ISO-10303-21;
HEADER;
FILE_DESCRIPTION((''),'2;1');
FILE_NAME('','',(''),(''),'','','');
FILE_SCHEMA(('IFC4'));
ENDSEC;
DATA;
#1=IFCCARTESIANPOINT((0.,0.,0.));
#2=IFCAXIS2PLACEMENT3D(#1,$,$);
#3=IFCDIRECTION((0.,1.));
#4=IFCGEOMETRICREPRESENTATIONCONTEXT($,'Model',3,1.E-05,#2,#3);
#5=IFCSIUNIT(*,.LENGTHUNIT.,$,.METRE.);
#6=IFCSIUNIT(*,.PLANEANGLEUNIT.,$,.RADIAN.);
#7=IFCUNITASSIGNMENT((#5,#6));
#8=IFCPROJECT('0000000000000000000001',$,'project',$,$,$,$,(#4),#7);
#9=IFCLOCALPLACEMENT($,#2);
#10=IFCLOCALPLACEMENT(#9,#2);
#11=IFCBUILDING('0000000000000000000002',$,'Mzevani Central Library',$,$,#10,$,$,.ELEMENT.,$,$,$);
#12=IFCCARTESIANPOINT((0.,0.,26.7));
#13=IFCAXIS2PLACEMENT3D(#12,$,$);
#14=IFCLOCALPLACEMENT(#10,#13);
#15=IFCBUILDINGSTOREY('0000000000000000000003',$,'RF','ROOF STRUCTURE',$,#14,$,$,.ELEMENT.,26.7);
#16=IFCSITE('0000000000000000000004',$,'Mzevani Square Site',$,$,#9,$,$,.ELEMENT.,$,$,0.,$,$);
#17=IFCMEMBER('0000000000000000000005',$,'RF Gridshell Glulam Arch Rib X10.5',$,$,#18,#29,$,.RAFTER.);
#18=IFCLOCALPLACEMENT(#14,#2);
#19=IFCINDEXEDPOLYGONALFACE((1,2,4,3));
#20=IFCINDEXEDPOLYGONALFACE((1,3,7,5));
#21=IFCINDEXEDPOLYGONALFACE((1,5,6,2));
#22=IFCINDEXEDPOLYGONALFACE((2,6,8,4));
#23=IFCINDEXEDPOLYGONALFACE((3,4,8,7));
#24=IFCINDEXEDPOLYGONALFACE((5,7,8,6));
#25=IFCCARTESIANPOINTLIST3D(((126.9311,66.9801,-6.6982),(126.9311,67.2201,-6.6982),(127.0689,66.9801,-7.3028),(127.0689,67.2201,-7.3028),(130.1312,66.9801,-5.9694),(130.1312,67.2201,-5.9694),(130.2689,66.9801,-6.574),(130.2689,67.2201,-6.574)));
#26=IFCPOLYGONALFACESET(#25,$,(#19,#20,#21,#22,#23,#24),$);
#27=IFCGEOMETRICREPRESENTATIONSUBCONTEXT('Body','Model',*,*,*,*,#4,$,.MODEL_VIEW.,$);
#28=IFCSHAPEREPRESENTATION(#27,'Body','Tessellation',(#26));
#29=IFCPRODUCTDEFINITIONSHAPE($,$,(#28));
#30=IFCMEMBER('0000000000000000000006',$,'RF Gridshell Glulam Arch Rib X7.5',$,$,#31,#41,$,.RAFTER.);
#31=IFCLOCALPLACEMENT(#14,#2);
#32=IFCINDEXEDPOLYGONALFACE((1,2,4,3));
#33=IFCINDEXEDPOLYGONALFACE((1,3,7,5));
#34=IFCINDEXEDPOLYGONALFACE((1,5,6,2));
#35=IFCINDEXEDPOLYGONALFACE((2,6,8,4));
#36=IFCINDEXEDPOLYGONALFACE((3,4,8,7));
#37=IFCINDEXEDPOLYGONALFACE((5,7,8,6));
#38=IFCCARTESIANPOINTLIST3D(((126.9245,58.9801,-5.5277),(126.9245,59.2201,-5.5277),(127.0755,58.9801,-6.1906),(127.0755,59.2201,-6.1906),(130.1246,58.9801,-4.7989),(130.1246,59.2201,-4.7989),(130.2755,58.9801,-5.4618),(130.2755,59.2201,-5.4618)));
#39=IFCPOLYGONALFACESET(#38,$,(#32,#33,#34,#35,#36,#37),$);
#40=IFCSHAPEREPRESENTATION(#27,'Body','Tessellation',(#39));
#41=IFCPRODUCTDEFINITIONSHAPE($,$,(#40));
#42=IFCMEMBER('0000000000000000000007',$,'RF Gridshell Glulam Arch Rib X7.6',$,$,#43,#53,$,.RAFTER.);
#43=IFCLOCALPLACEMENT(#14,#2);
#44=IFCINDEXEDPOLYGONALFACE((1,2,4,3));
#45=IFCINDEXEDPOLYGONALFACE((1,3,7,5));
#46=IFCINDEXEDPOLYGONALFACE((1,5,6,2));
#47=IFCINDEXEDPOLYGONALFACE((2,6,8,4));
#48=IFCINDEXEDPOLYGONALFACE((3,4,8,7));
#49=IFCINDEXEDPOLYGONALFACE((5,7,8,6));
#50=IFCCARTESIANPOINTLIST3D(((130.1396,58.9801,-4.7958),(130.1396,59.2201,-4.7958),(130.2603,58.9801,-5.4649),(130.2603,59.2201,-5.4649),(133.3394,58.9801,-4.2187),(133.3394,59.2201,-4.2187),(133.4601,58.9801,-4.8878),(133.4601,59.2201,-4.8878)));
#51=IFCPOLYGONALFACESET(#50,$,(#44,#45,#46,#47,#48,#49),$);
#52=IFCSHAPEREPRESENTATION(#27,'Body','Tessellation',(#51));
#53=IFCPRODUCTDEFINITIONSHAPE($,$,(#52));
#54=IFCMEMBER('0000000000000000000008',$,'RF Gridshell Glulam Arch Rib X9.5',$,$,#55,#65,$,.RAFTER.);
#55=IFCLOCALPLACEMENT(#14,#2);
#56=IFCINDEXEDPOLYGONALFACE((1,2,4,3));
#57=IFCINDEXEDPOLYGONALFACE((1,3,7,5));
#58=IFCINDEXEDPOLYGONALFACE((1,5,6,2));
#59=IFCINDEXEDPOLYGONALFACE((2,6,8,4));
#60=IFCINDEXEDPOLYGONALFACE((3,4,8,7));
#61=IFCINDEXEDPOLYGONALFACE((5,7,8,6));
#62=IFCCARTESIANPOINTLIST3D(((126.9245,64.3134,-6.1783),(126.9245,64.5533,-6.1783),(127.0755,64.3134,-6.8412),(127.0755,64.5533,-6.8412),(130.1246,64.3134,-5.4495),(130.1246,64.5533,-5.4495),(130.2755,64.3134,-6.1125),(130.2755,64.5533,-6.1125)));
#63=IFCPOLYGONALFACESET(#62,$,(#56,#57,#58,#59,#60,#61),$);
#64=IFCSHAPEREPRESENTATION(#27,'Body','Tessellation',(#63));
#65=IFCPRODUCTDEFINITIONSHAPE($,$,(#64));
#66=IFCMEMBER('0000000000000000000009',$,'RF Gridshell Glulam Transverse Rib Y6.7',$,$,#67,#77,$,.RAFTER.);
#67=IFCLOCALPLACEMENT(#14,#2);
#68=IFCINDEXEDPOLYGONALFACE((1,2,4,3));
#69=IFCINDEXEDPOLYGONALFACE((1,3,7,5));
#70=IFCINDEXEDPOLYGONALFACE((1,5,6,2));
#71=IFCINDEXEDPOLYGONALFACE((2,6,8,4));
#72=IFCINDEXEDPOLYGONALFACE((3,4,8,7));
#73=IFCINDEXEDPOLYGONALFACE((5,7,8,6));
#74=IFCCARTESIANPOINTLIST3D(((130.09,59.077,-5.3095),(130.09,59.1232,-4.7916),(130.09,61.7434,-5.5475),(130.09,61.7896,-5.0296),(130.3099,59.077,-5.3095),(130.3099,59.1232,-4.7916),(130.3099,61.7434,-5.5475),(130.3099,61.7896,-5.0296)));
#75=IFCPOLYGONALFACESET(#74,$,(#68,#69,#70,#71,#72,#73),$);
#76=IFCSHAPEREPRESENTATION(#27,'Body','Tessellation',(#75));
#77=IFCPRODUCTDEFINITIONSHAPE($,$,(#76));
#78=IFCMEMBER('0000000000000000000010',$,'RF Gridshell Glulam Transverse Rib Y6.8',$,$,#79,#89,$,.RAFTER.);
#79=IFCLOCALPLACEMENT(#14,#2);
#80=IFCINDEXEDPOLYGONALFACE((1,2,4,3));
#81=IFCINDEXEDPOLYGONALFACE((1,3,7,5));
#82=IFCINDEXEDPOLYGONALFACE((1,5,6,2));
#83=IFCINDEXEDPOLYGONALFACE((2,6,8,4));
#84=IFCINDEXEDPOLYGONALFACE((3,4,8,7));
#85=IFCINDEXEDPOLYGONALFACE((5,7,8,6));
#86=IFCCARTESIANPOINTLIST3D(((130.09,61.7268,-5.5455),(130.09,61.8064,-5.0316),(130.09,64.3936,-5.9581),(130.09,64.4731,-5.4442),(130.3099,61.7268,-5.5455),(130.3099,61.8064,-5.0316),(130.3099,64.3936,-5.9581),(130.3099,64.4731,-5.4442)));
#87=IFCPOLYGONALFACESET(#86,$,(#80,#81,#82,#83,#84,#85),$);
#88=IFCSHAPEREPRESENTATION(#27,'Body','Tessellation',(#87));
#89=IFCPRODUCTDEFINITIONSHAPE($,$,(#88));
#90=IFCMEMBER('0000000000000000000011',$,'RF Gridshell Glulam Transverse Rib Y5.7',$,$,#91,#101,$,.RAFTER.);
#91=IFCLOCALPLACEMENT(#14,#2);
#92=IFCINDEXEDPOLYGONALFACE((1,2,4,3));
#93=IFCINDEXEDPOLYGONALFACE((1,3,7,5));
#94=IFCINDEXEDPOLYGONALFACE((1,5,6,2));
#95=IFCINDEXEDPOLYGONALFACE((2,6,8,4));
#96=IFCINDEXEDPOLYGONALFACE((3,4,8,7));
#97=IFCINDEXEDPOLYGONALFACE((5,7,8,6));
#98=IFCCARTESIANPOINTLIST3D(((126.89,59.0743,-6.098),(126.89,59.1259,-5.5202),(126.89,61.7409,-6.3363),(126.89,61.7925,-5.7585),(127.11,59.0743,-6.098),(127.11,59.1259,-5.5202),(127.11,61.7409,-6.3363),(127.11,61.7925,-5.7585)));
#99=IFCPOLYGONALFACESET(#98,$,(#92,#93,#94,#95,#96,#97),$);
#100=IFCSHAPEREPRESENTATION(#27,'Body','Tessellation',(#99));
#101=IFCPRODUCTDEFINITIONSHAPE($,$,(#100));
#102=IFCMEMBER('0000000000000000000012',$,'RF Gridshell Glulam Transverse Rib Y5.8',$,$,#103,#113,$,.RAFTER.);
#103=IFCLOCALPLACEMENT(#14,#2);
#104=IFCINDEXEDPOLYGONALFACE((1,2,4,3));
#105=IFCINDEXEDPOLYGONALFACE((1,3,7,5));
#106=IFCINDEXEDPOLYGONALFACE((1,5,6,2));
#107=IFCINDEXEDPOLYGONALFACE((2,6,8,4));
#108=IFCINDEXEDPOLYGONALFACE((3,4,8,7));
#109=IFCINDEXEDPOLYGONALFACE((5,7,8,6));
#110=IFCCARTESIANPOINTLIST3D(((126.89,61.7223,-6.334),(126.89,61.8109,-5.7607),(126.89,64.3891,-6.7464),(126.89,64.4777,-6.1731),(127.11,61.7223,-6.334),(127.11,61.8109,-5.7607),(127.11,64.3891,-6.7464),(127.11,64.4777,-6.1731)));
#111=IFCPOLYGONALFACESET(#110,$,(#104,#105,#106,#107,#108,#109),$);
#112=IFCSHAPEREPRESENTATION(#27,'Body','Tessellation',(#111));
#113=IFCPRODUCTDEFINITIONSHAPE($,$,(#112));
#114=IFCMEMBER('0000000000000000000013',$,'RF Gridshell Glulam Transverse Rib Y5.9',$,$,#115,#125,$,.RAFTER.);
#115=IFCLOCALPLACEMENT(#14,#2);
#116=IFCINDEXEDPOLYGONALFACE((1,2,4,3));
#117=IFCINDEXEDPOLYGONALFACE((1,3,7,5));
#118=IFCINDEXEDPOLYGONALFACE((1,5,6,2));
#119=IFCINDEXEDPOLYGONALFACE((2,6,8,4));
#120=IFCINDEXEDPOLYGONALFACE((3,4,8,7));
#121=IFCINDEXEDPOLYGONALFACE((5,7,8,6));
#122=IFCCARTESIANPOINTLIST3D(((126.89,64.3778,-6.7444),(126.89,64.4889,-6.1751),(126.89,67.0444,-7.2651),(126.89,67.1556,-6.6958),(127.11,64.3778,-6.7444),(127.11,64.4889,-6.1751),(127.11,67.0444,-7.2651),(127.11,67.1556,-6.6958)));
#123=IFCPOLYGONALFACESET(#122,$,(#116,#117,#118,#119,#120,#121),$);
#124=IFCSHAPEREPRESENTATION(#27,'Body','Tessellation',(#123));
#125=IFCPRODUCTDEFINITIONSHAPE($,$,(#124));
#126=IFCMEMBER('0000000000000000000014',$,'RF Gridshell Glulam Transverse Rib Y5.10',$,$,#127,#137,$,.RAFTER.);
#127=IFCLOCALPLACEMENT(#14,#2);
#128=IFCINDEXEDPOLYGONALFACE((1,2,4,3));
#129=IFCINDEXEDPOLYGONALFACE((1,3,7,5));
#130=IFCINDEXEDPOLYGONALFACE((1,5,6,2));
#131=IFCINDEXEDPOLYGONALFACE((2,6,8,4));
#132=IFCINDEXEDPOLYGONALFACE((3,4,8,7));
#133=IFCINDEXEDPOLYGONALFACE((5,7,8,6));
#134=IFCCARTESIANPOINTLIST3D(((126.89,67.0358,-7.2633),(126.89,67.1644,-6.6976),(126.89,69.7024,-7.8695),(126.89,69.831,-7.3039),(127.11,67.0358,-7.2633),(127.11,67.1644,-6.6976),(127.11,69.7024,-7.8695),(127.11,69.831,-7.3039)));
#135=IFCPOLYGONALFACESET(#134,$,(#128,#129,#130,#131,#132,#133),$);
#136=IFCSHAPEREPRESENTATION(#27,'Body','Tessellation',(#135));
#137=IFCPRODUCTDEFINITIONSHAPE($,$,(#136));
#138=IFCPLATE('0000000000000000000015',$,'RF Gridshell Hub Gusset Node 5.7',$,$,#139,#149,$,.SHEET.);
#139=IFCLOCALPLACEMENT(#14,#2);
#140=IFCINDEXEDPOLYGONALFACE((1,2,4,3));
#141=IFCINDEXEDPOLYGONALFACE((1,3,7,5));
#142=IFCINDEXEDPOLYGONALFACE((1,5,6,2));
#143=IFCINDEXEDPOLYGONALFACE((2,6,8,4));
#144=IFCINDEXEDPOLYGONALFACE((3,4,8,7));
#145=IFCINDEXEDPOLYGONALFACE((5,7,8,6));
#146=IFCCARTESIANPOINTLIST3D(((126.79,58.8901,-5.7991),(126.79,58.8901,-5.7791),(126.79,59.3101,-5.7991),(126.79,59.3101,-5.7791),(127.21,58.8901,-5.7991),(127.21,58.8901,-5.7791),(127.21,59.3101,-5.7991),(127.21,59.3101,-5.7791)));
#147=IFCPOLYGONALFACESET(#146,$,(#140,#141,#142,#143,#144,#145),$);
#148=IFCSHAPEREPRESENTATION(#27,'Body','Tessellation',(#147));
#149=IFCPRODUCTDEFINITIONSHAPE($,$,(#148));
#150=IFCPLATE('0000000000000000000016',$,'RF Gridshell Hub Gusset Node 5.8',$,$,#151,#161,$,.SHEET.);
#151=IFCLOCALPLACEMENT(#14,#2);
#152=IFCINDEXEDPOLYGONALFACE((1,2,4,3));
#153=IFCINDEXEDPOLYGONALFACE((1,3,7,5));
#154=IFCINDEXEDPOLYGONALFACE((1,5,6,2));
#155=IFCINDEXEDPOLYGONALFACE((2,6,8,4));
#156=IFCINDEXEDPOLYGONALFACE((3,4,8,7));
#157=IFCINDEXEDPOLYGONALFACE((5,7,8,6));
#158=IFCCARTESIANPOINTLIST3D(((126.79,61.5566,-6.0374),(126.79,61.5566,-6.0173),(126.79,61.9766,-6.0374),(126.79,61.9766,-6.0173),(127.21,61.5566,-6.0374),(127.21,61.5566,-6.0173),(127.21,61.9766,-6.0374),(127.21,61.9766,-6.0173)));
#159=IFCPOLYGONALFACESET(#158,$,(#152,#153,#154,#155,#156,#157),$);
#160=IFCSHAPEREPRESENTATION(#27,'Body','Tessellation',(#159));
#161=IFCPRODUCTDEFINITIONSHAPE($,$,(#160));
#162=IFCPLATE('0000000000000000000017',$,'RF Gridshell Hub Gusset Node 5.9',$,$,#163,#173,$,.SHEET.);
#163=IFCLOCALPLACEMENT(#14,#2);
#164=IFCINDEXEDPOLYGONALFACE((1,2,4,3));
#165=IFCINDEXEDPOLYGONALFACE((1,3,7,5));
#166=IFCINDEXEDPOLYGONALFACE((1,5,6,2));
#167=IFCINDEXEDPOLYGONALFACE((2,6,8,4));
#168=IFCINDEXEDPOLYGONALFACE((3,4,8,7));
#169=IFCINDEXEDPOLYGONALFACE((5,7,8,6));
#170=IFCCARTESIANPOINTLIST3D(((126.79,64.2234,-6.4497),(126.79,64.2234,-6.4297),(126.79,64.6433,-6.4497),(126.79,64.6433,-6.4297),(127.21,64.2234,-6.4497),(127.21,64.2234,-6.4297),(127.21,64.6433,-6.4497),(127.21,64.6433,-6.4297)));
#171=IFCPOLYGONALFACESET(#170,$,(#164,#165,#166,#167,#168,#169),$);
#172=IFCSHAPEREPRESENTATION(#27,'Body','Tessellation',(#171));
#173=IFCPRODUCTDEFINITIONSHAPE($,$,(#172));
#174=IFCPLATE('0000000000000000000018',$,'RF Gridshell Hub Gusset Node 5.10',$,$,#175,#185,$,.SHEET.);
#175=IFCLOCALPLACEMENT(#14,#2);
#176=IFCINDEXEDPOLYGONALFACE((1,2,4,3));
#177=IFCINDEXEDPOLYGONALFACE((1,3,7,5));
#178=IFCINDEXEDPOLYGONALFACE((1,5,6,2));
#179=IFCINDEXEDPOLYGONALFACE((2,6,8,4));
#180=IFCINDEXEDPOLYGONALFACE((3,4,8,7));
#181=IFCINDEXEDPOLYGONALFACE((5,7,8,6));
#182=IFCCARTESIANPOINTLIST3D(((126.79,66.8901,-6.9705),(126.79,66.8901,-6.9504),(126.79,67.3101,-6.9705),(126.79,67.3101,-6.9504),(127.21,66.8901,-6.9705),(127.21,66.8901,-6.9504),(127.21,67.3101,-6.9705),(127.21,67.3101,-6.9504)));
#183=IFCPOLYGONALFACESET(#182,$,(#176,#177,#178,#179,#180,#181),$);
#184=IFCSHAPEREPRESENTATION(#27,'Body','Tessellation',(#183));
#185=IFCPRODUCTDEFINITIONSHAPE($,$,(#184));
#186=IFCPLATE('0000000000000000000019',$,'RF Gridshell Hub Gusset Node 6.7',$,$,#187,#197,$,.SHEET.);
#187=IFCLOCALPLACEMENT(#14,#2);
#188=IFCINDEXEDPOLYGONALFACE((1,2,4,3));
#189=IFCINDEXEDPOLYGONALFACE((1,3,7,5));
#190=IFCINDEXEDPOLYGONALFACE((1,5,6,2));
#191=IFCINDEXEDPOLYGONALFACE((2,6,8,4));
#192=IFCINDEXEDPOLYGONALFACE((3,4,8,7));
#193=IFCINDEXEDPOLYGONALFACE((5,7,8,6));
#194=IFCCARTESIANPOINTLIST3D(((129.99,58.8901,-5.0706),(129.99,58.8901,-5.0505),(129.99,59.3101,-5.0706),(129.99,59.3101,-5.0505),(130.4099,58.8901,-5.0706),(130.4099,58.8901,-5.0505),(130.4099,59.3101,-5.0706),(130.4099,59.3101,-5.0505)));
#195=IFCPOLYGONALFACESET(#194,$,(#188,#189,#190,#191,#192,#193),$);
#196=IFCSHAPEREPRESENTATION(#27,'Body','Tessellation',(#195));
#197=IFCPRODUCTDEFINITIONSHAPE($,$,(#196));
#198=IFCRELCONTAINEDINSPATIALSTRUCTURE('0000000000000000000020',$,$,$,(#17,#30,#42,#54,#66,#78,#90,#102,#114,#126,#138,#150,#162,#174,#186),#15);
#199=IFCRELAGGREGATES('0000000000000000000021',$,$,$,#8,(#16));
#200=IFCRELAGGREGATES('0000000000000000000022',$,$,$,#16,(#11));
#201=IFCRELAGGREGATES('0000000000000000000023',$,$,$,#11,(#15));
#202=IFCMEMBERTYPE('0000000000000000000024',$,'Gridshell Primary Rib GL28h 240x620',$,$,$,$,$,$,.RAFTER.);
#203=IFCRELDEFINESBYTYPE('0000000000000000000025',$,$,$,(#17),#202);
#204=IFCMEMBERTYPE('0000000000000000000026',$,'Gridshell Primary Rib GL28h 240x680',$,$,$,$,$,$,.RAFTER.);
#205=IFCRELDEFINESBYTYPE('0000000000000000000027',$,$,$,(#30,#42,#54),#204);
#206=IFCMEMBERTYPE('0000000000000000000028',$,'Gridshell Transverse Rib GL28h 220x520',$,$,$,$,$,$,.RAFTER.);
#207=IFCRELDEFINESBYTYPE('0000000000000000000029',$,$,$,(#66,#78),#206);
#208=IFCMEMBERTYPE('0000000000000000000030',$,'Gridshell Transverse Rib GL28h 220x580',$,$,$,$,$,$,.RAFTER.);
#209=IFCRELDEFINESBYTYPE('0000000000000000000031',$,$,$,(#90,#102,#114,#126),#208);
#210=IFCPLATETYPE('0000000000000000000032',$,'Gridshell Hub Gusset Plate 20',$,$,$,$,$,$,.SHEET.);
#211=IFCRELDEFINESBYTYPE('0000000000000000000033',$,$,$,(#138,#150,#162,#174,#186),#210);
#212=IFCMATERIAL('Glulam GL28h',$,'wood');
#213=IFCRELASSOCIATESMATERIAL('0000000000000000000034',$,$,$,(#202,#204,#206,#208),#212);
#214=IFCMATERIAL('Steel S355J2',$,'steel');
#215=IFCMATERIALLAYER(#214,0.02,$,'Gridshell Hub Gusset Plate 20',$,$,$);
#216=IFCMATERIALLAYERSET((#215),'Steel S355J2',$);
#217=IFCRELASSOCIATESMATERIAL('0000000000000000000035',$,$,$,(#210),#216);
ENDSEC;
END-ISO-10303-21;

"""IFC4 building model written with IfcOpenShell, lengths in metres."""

from ifc_helpers import new_model, si_unit, direction, frame, origin, origin_2d, place, context, subcontext, project, spatial, rectangle, extrude, material, layer, layer_set, material_profile, profile_set, type_object, element, save


model = new_model("IFC4")

# Units and contexts
model_context = context("Model", 3, precision=1e-05, world=origin(), true_north=direction((0.0, 1.0)))
body_context = subcontext(model_context, "Body", "Model", "MODEL_VIEW")
ifc_project = project(units=[si_unit("LENGTHUNIT", "METRE"), si_unit("PLANEANGLEUNIT", "RADIAN")], contexts=[model_context])

# Site, building, storey
site_placement = place(None, origin())
site = spatial("IfcSite", under=ifc_project, at=site_placement, Name="Mzevani Square Site", CompositionType="ELEMENT", RefElevation=0.0)
building_placement = place(site_placement, origin())
building = spatial("IfcBuilding", under=site, at=building_placement, Name="Mzevani Central Library", CompositionType="ELEMENT")
storey_placement = place(building_placement, frame((0.0, 0.0, 26.7)))
storey = spatial("IfcBuildingStorey", under=building, at=storey_placement, Name="RF", Description="ROOF STRUCTURE", CompositionType="ELEMENT", Elevation=26.7)

# Members
ifc_material_1 = material(Name="Steel S355J2", Category="steel")
ifc_material_2 = material(Name="Glulam GL28h", Category="wood")
ifc_material_profile_1 = material_profile(ifc_material_2, rectangle(XDim=0.24, YDim=0.6201, at=origin_2d()), Name="GL28h 240x620")
ifc_profile_set_1 = profile_set([ifc_material_profile_1], Name="Glulam GL28h")
member_type_1 = type_object("IfcMemberType", Name="Gridshell Primary Rib GL28h 240x620", PredefinedType="RAFTER", material=ifc_profile_set_1)
member_1_placement = place(storey_placement, frame((127.0, 67.1001, -7.0005), z_axis=(0.975034, 0.0, 0.222055), x_axis=(0.0, 1.0, 0.0)))
element("IfcMember", 1, at=member_1_placement, inside=storey, type_object=member_type_1, Name="RF Gridshell Glulam Arch Rib X10.5", PredefinedType="RAFTER", context=body_context, shape_type="SweptSolid", body=[
    extrude(rectangle(XDim=0.24, YDim=0.6201, at=origin_2d()), origin(), (0.0, 0.0, 1.0), 3.282),
])
ifc_material_profile_2 = material_profile(ifc_material_2, rectangle(XDim=0.24, YDim=0.6799, at=origin_2d()), Name="GL28h 240x680")
ifc_profile_set_2 = profile_set([ifc_material_profile_2], Name="Glulam GL28h")
member_type_2 = type_object("IfcMemberType", Name="Gridshell Primary Rib GL28h 240x680", PredefinedType="RAFTER", material=ifc_profile_set_2)
member_2_placement = place(storey_placement, frame((127.0, 59.1001, -5.8591), z_axis=(0.975034, 0.0, 0.222055), x_axis=(0.0, 1.0, 0.0)))
element("IfcMember", 2, at=member_2_placement, inside=storey, type_object=member_type_2, Name="RF Gridshell Glulam Arch Rib X7.5", PredefinedType="RAFTER", context=body_context, shape_type="SweptSolid", body=[
    extrude(rectangle(XDim=0.24, YDim=0.6799, at=origin_2d()), origin(), (0.0, 0.0, 1.0), 3.282),
])
member_3_placement = place(storey_placement, frame((130.2, 59.1001, -5.1304), z_axis=(0.984121, 0.0, 0.177498), x_axis=(0.0, 1.0, 0.0)))
element("IfcMember", 3, at=member_3_placement, inside=storey, type_object=member_type_2, Name="RF Gridshell Glulam Arch Rib X7.6", PredefinedType="RAFTER", context=body_context, shape_type="SweptSolid", body=[
    extrude(rectangle(XDim=0.24, YDim=0.6799, at=origin_2d()), origin(), (0.0, 0.0, 1.0), 3.2515),
])
member_4_placement = place(storey_placement, frame((127.0, 64.4333, -6.5098), z_axis=(0.975034, 0.0, 0.222055), x_axis=(0.0, 1.0, 0.0)))
element("IfcMember", 4, at=member_4_placement, inside=storey, type_object=member_type_2, Name="RF Gridshell Glulam Arch Rib X9.5", PredefinedType="RAFTER", context=body_context, shape_type="SweptSolid", body=[
    extrude(rectangle(XDim=0.24, YDim=0.6799, at=origin_2d()), origin(), (0.0, 0.0, 1.0), 3.282),
])
ifc_material_profile_3 = material_profile(ifc_material_2, rectangle(XDim=0.22, YDim=0.52, at=origin_2d()), Name="GL28h 220x520")
ifc_profile_set_3 = profile_set([ifc_material_profile_3], Name="Glulam GL28h")
member_type_3 = type_object("IfcMemberType", Name="Gridshell Transverse Rib GL28h 220x520", PredefinedType="RAFTER", material=ifc_profile_set_3)
member_5_placement = place(storey_placement, frame((130.2, 59.1001, -5.0505), z_axis=(0.0, 0.996039, -0.088916), x_axis=(-1.0, 0.0, 0.0)))
element("IfcMember", 5, at=member_5_placement, inside=storey, type_object=member_type_3, Name="RF Gridshell Glulam Transverse Rib Y6.7", PredefinedType="RAFTER", context=body_context, shape_type="SweptSolid", body=[
    extrude(rectangle(XDim=0.22, YDim=0.52, at=origin_2d()), origin(), (0.0, 0.0, 1.0), 2.677),
])
member_6_placement = place(storey_placement, frame((130.2, 61.7666, -5.2886), z_axis=(0.0, 0.988242, -0.1529), x_axis=(-1.0, 0.0, 0.0)))
element("IfcMember", 6, at=member_6_placement, inside=storey, type_object=member_type_3, Name="RF Gridshell Glulam Transverse Rib Y6.8", PredefinedType="RAFTER", context=body_context, shape_type="SweptSolid", body=[
    extrude(rectangle(XDim=0.22, YDim=0.52, at=origin_2d()), origin(), (0.0, 0.0, 1.0), 2.6985),
])
ifc_material_profile_4 = material_profile(ifc_material_2, rectangle(XDim=0.22, YDim=0.5801, at=origin_2d()), Name="GL28h 220x580")
ifc_profile_set_4 = profile_set([ifc_material_profile_4], Name="Glulam GL28h")
member_type_4 = type_object("IfcMemberType", Name="Gridshell Transverse Rib GL28h 220x580", PredefinedType="RAFTER", material=ifc_profile_set_4)
member_7_placement = place(storey_placement, frame((127.0, 59.1001, -5.8091), z_axis=(0.0, 0.996031, -0.089006), x_axis=(-1.0, 0.0, 0.0)))
element("IfcMember", 7, at=member_7_placement, inside=storey, type_object=member_type_4, Name="RF Gridshell Glulam Transverse Rib Y5.7", PredefinedType="RAFTER", context=body_context, shape_type="SweptSolid", body=[
    extrude(rectangle(XDim=0.22, YDim=0.5801, at=origin_2d()), origin(), (0.0, 0.0, 1.0), 2.6772),
])
member_8_placement = place(storey_placement, frame((127.0, 61.7666, -6.0474), z_axis=(0.0, 0.988255, -0.152812), x_axis=(-1.0, 0.0, 0.0)))
element("IfcMember", 8, at=member_8_placement, inside=storey, type_object=member_type_4, Name="RF Gridshell Glulam Transverse Rib Y5.8", PredefinedType="RAFTER", context=body_context, shape_type="SweptSolid", body=[
    extrude(rectangle(XDim=0.22, YDim=0.5801, at=origin_2d()), origin(), (0.0, 0.0, 1.0), 2.6985),
])
member_9_placement = place(storey_placement, frame((127.0, 64.4333, -6.4597), z_axis=(0.0, 0.981462, -0.191656), x_axis=(-1.0, 0.0, 0.0)))
element("IfcMember", 9, at=member_9_placement, inside=storey, type_object=member_type_4, Name="RF Gridshell Glulam Transverse Rib Y5.9", PredefinedType="RAFTER", context=body_context, shape_type="SweptSolid", body=[
    extrude(rectangle(XDim=0.22, YDim=0.5801, at=origin_2d()), origin(), (0.0, 0.0, 1.0), 2.717),
])
member_10_placement = place(storey_placement, frame((127.0, 67.1001, -6.9805), z_axis=(0.0, 0.975119, -0.221683), x_axis=(-1.0, 0.0, 0.0)))
element("IfcMember", 10, at=member_10_placement, inside=storey, type_object=member_type_4, Name="RF Gridshell Glulam Transverse Rib Y5.10", PredefinedType="RAFTER", context=body_context, shape_type="SweptSolid", body=[
    extrude(rectangle(XDim=0.22, YDim=0.5801, at=origin_2d()), origin(), (0.0, 0.0, 1.0), 2.7346),
])

# Plates
ifc_layer_1 = layer(ifc_material_1, 0.02, Name="Gridshell Hub Gusset Plate 20")
ifc_layer_set_1 = layer_set([ifc_layer_1], Name="Steel S355J2")
plate_type = type_object("IfcPlateType", Name="Gridshell Hub Gusset Plate 20", PredefinedType="SHEET", material=ifc_layer_set_1)
for number, where, z_axis, x_axis, name in (
    (11, (127.0, 59.1001, -5.7991), (0.0, 0.0, 1.0), (1.0, 0.0, 0.0), "RF Gridshell Hub Gusset Node 5.7"),
    (12, (127.0, 61.7666, -6.0374), (0.0, 0.0, 1.0), (1.0, 0.0, 0.0), "RF Gridshell Hub Gusset Node 5.8"),
    (13, (127.0, 64.4333, -6.4497), (0.0, 0.0, 1.0), (1.0, 0.0, 0.0), "RF Gridshell Hub Gusset Node 5.9"),
    (14, (127.0, 67.1001, -6.9705), (0.0, 0.0, 1.0), (1.0, 0.0, 0.0), "RF Gridshell Hub Gusset Node 5.10"),
    (15, (130.2, 59.1001, -5.0706), (0.0, 0.0, 1.0), (1.0, 0.0, 0.0), "RF Gridshell Hub Gusset Node 6.7"),
):
    element("IfcPlate", number, at=place(storey_placement, frame(where, z_axis=z_axis, x_axis=x_axis)), inside=storey, type_object=plate_type, Name=name, PredefinedType="SHEET", context=body_context, shape_type="SweptSolid", body=[
        extrude(rectangle(XDim=0.4199, YDim=0.4199, at=origin_2d()), origin(), (0.0, 0.0, 1.0), 0.02),
    ])

save(model, "model.ifc")
